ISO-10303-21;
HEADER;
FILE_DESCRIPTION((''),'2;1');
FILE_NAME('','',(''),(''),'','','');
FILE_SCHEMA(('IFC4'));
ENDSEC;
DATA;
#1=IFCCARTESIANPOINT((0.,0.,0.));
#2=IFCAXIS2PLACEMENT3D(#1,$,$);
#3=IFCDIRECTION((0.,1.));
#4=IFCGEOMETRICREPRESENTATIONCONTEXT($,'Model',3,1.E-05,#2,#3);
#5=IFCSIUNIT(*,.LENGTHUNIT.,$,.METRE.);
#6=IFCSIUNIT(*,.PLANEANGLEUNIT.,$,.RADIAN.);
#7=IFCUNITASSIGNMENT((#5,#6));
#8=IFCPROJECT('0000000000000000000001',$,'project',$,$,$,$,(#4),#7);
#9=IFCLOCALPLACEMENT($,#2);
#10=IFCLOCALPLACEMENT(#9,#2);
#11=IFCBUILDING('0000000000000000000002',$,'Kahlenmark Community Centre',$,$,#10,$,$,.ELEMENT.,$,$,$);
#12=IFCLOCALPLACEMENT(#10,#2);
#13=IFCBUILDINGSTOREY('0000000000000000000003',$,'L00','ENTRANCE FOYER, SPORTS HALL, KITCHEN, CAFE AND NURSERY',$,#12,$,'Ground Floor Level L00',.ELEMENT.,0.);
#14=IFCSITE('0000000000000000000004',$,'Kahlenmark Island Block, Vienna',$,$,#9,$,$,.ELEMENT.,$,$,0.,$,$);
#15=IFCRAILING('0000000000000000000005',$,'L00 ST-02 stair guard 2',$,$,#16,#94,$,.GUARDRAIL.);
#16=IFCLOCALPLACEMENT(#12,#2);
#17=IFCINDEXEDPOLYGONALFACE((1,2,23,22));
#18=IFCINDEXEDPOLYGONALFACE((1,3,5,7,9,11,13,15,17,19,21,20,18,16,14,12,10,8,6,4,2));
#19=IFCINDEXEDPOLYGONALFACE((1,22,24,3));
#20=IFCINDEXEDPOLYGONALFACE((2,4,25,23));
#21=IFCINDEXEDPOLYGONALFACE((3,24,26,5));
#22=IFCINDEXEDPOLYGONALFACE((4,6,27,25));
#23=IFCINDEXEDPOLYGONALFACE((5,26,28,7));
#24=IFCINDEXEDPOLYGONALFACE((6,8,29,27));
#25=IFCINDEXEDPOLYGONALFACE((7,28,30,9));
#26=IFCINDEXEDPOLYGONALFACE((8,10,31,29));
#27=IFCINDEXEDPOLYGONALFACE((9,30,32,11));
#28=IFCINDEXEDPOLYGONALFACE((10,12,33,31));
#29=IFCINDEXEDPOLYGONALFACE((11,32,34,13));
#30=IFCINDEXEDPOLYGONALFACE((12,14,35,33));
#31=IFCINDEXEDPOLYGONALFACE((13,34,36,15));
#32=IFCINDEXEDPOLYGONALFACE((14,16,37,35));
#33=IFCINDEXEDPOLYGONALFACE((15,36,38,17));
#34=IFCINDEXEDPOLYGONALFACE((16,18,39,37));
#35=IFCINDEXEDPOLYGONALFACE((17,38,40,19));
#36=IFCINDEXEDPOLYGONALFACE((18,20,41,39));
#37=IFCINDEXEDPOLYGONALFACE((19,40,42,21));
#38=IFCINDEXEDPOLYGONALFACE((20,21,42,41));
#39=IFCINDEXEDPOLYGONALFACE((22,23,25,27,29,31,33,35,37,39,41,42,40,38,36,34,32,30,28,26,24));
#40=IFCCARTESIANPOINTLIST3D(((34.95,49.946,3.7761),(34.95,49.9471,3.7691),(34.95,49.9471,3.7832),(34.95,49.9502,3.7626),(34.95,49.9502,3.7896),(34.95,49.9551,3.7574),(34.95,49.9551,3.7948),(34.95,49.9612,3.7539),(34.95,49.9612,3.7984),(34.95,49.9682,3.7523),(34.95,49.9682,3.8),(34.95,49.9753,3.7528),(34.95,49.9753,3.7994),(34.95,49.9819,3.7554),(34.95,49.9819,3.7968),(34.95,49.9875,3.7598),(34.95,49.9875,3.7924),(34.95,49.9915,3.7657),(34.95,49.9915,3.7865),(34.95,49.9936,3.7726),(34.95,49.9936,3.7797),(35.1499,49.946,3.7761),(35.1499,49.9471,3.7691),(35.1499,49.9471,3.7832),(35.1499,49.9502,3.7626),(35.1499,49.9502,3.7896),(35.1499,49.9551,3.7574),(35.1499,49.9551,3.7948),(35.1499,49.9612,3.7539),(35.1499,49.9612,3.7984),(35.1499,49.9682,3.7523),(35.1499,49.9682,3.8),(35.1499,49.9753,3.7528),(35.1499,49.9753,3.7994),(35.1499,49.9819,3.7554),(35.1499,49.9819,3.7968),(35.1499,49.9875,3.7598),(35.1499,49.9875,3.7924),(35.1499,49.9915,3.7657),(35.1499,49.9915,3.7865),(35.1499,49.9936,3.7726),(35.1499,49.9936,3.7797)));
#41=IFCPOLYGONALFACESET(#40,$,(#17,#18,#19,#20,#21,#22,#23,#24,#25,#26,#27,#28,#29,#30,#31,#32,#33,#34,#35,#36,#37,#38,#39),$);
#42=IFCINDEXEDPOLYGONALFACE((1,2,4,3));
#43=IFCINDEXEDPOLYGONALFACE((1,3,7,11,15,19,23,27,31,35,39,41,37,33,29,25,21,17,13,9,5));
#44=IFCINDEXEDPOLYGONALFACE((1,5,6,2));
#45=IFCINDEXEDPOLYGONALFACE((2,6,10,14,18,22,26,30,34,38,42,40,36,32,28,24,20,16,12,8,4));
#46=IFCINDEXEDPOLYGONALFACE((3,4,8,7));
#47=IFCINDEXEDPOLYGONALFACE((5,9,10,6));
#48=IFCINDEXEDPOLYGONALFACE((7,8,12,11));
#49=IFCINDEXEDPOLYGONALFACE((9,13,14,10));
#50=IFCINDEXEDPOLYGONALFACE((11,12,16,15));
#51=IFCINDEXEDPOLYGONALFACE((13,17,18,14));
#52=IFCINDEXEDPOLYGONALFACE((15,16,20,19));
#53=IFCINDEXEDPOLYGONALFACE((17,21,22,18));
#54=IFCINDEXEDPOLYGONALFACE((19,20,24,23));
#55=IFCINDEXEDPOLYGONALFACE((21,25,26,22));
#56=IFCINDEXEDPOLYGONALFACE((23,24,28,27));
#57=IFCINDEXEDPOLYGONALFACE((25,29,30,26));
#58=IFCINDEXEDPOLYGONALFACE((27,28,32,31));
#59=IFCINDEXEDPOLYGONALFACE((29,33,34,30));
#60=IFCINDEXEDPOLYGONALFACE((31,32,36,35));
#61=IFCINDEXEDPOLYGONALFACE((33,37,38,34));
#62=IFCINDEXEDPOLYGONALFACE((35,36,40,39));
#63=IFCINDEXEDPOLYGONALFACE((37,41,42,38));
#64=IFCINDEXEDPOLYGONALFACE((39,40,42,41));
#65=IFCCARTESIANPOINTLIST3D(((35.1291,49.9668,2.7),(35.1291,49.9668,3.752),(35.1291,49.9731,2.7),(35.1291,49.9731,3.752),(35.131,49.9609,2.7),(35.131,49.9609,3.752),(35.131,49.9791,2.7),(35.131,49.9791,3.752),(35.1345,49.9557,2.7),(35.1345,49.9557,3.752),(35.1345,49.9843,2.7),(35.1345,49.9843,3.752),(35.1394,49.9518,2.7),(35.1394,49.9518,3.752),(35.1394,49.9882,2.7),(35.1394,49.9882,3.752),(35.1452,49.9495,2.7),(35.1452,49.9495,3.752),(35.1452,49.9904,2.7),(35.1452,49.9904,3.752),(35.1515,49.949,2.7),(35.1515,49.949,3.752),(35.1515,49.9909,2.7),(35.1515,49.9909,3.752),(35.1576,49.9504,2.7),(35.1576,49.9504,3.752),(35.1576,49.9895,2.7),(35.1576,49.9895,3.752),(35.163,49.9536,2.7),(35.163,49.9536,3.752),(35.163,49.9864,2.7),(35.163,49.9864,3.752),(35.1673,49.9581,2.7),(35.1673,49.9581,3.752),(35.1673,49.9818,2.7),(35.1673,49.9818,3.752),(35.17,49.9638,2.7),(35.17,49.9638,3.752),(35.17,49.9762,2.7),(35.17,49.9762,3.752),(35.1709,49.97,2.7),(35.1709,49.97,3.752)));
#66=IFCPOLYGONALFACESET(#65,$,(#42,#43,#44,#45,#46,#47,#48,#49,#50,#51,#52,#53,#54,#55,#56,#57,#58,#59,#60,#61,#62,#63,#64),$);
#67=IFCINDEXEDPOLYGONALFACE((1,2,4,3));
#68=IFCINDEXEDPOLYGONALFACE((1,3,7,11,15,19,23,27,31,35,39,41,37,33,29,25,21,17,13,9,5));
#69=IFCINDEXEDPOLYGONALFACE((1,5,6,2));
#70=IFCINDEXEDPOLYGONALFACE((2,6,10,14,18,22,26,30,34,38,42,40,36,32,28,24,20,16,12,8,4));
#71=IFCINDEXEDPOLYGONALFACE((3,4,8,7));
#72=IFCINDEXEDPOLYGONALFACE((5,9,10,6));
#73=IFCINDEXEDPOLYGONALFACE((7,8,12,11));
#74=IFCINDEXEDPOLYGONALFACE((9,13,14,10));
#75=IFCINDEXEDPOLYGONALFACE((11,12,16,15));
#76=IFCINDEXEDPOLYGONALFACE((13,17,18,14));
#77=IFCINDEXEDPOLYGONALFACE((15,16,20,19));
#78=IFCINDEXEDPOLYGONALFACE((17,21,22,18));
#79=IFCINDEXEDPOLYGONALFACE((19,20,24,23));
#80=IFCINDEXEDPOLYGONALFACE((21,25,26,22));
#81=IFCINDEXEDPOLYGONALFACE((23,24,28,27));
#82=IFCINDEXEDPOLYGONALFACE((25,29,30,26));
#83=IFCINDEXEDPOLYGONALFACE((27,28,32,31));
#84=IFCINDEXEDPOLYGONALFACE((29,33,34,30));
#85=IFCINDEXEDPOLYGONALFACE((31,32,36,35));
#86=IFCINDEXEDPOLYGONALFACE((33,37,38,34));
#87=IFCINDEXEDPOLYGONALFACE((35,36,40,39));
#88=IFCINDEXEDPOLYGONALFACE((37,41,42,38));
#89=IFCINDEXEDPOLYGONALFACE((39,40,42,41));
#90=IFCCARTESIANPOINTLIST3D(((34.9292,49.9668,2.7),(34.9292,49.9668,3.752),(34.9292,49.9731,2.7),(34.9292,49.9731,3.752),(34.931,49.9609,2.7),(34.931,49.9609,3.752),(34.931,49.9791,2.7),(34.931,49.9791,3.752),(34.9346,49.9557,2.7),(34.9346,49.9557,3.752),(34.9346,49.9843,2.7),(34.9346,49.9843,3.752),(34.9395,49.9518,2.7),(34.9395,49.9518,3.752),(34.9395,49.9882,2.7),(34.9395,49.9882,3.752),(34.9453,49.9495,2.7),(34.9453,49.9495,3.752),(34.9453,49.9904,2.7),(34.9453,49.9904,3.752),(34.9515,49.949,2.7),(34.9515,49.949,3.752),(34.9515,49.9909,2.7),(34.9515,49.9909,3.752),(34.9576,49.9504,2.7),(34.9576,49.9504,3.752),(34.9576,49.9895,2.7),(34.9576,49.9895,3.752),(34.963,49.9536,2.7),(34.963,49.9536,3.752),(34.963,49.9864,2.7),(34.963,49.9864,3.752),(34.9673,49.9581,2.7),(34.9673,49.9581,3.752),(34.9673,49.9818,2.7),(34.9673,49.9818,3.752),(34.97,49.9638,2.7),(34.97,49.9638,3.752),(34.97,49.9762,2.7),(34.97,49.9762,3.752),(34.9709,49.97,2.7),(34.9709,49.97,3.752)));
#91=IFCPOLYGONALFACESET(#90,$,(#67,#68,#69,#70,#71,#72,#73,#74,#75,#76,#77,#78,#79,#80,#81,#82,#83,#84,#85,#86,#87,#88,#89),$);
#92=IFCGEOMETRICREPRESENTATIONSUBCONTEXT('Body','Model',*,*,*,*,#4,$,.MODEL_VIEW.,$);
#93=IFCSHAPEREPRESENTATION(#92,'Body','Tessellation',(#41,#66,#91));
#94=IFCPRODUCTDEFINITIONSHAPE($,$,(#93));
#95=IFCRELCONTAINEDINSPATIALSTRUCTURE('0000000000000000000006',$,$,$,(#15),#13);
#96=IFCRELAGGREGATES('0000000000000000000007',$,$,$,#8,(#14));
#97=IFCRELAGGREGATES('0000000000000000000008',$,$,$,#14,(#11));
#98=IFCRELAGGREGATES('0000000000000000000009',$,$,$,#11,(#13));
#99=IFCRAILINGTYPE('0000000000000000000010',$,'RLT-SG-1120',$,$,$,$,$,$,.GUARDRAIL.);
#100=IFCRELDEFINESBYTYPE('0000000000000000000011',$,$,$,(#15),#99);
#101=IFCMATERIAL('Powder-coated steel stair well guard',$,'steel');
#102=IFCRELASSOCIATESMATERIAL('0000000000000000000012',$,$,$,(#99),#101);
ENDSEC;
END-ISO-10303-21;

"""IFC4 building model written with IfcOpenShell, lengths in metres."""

from ifc_helpers import new_model, si_unit, direction, frame, origin, origin_2d, place, context, subcontext, project, spatial, circle, extrude, material, type_object, element, save


model = new_model("IFC4")

# Units and contexts
model_context = context("Model", 3, precision=1e-05, world=origin(), true_north=direction((0.0, 1.0)))
body_context = subcontext(model_context, "Body", "Model", "MODEL_VIEW")
ifc_project = project(units=[si_unit("LENGTHUNIT", "METRE"), si_unit("PLANEANGLEUNIT", "RADIAN")], contexts=[model_context])

# Site, building, storey
site_placement = place(None, origin())
site = spatial("IfcSite", under=ifc_project, at=site_placement, Name="Kahlenmark Island Block, Vienna", CompositionType="ELEMENT", RefElevation=0.0)
building_placement = place(site_placement, origin())
building = spatial("IfcBuilding", under=site, at=building_placement, Name="Kahlenmark Community Centre", CompositionType="ELEMENT")
storey_placement = place(building_placement, origin())
storey = spatial("IfcBuildingStorey", under=building, at=storey_placement, Name="L00", Description="ENTRANCE FOYER, SPORTS HALL, KITCHEN, CAFE AND NURSERY", LongName="Ground Floor Level L00", CompositionType="ELEMENT", Elevation=0.0)

# Railing
ifc_material_1 = material(Name="Powder-coated steel stair well guard", Category="steel")
railing_type_1 = type_object("IfcRailingType", Name="RLT-SG-1120", PredefinedType="GUARDRAIL", material=ifc_material_1)
railing_1_placement = place(storey_placement, frame((35.1499, 49.97, 2.7)))
element("IfcRailing", 1, at=railing_1_placement, inside=storey, type_object=railing_type_1, Name="L00 ST-02 stair guard 2", PredefinedType="GUARDRAIL", context=body_context, shape_type="SweptSolid", body=[
    extrude(circle(Radius=0.0239, at=origin_2d()), frame((0.0, 0.0, 1.0762), z_axis=(-1.0, 0.0, 0.0), x_axis=(0.0, -1.0, 0.0)), (0.0, 0.0, 1.0), 0.2),
    extrude(circle(Radius=0.021, at=origin_2d()), origin(), (0.0, 0.0, 1.0), 1.052),
    extrude(circle(Radius=0.021, at=origin_2d()), frame((-0.2, 0.0, 0.0)), (0.0, 0.0, 1.0), 1.052),
])

save(model, "model.ifc")
